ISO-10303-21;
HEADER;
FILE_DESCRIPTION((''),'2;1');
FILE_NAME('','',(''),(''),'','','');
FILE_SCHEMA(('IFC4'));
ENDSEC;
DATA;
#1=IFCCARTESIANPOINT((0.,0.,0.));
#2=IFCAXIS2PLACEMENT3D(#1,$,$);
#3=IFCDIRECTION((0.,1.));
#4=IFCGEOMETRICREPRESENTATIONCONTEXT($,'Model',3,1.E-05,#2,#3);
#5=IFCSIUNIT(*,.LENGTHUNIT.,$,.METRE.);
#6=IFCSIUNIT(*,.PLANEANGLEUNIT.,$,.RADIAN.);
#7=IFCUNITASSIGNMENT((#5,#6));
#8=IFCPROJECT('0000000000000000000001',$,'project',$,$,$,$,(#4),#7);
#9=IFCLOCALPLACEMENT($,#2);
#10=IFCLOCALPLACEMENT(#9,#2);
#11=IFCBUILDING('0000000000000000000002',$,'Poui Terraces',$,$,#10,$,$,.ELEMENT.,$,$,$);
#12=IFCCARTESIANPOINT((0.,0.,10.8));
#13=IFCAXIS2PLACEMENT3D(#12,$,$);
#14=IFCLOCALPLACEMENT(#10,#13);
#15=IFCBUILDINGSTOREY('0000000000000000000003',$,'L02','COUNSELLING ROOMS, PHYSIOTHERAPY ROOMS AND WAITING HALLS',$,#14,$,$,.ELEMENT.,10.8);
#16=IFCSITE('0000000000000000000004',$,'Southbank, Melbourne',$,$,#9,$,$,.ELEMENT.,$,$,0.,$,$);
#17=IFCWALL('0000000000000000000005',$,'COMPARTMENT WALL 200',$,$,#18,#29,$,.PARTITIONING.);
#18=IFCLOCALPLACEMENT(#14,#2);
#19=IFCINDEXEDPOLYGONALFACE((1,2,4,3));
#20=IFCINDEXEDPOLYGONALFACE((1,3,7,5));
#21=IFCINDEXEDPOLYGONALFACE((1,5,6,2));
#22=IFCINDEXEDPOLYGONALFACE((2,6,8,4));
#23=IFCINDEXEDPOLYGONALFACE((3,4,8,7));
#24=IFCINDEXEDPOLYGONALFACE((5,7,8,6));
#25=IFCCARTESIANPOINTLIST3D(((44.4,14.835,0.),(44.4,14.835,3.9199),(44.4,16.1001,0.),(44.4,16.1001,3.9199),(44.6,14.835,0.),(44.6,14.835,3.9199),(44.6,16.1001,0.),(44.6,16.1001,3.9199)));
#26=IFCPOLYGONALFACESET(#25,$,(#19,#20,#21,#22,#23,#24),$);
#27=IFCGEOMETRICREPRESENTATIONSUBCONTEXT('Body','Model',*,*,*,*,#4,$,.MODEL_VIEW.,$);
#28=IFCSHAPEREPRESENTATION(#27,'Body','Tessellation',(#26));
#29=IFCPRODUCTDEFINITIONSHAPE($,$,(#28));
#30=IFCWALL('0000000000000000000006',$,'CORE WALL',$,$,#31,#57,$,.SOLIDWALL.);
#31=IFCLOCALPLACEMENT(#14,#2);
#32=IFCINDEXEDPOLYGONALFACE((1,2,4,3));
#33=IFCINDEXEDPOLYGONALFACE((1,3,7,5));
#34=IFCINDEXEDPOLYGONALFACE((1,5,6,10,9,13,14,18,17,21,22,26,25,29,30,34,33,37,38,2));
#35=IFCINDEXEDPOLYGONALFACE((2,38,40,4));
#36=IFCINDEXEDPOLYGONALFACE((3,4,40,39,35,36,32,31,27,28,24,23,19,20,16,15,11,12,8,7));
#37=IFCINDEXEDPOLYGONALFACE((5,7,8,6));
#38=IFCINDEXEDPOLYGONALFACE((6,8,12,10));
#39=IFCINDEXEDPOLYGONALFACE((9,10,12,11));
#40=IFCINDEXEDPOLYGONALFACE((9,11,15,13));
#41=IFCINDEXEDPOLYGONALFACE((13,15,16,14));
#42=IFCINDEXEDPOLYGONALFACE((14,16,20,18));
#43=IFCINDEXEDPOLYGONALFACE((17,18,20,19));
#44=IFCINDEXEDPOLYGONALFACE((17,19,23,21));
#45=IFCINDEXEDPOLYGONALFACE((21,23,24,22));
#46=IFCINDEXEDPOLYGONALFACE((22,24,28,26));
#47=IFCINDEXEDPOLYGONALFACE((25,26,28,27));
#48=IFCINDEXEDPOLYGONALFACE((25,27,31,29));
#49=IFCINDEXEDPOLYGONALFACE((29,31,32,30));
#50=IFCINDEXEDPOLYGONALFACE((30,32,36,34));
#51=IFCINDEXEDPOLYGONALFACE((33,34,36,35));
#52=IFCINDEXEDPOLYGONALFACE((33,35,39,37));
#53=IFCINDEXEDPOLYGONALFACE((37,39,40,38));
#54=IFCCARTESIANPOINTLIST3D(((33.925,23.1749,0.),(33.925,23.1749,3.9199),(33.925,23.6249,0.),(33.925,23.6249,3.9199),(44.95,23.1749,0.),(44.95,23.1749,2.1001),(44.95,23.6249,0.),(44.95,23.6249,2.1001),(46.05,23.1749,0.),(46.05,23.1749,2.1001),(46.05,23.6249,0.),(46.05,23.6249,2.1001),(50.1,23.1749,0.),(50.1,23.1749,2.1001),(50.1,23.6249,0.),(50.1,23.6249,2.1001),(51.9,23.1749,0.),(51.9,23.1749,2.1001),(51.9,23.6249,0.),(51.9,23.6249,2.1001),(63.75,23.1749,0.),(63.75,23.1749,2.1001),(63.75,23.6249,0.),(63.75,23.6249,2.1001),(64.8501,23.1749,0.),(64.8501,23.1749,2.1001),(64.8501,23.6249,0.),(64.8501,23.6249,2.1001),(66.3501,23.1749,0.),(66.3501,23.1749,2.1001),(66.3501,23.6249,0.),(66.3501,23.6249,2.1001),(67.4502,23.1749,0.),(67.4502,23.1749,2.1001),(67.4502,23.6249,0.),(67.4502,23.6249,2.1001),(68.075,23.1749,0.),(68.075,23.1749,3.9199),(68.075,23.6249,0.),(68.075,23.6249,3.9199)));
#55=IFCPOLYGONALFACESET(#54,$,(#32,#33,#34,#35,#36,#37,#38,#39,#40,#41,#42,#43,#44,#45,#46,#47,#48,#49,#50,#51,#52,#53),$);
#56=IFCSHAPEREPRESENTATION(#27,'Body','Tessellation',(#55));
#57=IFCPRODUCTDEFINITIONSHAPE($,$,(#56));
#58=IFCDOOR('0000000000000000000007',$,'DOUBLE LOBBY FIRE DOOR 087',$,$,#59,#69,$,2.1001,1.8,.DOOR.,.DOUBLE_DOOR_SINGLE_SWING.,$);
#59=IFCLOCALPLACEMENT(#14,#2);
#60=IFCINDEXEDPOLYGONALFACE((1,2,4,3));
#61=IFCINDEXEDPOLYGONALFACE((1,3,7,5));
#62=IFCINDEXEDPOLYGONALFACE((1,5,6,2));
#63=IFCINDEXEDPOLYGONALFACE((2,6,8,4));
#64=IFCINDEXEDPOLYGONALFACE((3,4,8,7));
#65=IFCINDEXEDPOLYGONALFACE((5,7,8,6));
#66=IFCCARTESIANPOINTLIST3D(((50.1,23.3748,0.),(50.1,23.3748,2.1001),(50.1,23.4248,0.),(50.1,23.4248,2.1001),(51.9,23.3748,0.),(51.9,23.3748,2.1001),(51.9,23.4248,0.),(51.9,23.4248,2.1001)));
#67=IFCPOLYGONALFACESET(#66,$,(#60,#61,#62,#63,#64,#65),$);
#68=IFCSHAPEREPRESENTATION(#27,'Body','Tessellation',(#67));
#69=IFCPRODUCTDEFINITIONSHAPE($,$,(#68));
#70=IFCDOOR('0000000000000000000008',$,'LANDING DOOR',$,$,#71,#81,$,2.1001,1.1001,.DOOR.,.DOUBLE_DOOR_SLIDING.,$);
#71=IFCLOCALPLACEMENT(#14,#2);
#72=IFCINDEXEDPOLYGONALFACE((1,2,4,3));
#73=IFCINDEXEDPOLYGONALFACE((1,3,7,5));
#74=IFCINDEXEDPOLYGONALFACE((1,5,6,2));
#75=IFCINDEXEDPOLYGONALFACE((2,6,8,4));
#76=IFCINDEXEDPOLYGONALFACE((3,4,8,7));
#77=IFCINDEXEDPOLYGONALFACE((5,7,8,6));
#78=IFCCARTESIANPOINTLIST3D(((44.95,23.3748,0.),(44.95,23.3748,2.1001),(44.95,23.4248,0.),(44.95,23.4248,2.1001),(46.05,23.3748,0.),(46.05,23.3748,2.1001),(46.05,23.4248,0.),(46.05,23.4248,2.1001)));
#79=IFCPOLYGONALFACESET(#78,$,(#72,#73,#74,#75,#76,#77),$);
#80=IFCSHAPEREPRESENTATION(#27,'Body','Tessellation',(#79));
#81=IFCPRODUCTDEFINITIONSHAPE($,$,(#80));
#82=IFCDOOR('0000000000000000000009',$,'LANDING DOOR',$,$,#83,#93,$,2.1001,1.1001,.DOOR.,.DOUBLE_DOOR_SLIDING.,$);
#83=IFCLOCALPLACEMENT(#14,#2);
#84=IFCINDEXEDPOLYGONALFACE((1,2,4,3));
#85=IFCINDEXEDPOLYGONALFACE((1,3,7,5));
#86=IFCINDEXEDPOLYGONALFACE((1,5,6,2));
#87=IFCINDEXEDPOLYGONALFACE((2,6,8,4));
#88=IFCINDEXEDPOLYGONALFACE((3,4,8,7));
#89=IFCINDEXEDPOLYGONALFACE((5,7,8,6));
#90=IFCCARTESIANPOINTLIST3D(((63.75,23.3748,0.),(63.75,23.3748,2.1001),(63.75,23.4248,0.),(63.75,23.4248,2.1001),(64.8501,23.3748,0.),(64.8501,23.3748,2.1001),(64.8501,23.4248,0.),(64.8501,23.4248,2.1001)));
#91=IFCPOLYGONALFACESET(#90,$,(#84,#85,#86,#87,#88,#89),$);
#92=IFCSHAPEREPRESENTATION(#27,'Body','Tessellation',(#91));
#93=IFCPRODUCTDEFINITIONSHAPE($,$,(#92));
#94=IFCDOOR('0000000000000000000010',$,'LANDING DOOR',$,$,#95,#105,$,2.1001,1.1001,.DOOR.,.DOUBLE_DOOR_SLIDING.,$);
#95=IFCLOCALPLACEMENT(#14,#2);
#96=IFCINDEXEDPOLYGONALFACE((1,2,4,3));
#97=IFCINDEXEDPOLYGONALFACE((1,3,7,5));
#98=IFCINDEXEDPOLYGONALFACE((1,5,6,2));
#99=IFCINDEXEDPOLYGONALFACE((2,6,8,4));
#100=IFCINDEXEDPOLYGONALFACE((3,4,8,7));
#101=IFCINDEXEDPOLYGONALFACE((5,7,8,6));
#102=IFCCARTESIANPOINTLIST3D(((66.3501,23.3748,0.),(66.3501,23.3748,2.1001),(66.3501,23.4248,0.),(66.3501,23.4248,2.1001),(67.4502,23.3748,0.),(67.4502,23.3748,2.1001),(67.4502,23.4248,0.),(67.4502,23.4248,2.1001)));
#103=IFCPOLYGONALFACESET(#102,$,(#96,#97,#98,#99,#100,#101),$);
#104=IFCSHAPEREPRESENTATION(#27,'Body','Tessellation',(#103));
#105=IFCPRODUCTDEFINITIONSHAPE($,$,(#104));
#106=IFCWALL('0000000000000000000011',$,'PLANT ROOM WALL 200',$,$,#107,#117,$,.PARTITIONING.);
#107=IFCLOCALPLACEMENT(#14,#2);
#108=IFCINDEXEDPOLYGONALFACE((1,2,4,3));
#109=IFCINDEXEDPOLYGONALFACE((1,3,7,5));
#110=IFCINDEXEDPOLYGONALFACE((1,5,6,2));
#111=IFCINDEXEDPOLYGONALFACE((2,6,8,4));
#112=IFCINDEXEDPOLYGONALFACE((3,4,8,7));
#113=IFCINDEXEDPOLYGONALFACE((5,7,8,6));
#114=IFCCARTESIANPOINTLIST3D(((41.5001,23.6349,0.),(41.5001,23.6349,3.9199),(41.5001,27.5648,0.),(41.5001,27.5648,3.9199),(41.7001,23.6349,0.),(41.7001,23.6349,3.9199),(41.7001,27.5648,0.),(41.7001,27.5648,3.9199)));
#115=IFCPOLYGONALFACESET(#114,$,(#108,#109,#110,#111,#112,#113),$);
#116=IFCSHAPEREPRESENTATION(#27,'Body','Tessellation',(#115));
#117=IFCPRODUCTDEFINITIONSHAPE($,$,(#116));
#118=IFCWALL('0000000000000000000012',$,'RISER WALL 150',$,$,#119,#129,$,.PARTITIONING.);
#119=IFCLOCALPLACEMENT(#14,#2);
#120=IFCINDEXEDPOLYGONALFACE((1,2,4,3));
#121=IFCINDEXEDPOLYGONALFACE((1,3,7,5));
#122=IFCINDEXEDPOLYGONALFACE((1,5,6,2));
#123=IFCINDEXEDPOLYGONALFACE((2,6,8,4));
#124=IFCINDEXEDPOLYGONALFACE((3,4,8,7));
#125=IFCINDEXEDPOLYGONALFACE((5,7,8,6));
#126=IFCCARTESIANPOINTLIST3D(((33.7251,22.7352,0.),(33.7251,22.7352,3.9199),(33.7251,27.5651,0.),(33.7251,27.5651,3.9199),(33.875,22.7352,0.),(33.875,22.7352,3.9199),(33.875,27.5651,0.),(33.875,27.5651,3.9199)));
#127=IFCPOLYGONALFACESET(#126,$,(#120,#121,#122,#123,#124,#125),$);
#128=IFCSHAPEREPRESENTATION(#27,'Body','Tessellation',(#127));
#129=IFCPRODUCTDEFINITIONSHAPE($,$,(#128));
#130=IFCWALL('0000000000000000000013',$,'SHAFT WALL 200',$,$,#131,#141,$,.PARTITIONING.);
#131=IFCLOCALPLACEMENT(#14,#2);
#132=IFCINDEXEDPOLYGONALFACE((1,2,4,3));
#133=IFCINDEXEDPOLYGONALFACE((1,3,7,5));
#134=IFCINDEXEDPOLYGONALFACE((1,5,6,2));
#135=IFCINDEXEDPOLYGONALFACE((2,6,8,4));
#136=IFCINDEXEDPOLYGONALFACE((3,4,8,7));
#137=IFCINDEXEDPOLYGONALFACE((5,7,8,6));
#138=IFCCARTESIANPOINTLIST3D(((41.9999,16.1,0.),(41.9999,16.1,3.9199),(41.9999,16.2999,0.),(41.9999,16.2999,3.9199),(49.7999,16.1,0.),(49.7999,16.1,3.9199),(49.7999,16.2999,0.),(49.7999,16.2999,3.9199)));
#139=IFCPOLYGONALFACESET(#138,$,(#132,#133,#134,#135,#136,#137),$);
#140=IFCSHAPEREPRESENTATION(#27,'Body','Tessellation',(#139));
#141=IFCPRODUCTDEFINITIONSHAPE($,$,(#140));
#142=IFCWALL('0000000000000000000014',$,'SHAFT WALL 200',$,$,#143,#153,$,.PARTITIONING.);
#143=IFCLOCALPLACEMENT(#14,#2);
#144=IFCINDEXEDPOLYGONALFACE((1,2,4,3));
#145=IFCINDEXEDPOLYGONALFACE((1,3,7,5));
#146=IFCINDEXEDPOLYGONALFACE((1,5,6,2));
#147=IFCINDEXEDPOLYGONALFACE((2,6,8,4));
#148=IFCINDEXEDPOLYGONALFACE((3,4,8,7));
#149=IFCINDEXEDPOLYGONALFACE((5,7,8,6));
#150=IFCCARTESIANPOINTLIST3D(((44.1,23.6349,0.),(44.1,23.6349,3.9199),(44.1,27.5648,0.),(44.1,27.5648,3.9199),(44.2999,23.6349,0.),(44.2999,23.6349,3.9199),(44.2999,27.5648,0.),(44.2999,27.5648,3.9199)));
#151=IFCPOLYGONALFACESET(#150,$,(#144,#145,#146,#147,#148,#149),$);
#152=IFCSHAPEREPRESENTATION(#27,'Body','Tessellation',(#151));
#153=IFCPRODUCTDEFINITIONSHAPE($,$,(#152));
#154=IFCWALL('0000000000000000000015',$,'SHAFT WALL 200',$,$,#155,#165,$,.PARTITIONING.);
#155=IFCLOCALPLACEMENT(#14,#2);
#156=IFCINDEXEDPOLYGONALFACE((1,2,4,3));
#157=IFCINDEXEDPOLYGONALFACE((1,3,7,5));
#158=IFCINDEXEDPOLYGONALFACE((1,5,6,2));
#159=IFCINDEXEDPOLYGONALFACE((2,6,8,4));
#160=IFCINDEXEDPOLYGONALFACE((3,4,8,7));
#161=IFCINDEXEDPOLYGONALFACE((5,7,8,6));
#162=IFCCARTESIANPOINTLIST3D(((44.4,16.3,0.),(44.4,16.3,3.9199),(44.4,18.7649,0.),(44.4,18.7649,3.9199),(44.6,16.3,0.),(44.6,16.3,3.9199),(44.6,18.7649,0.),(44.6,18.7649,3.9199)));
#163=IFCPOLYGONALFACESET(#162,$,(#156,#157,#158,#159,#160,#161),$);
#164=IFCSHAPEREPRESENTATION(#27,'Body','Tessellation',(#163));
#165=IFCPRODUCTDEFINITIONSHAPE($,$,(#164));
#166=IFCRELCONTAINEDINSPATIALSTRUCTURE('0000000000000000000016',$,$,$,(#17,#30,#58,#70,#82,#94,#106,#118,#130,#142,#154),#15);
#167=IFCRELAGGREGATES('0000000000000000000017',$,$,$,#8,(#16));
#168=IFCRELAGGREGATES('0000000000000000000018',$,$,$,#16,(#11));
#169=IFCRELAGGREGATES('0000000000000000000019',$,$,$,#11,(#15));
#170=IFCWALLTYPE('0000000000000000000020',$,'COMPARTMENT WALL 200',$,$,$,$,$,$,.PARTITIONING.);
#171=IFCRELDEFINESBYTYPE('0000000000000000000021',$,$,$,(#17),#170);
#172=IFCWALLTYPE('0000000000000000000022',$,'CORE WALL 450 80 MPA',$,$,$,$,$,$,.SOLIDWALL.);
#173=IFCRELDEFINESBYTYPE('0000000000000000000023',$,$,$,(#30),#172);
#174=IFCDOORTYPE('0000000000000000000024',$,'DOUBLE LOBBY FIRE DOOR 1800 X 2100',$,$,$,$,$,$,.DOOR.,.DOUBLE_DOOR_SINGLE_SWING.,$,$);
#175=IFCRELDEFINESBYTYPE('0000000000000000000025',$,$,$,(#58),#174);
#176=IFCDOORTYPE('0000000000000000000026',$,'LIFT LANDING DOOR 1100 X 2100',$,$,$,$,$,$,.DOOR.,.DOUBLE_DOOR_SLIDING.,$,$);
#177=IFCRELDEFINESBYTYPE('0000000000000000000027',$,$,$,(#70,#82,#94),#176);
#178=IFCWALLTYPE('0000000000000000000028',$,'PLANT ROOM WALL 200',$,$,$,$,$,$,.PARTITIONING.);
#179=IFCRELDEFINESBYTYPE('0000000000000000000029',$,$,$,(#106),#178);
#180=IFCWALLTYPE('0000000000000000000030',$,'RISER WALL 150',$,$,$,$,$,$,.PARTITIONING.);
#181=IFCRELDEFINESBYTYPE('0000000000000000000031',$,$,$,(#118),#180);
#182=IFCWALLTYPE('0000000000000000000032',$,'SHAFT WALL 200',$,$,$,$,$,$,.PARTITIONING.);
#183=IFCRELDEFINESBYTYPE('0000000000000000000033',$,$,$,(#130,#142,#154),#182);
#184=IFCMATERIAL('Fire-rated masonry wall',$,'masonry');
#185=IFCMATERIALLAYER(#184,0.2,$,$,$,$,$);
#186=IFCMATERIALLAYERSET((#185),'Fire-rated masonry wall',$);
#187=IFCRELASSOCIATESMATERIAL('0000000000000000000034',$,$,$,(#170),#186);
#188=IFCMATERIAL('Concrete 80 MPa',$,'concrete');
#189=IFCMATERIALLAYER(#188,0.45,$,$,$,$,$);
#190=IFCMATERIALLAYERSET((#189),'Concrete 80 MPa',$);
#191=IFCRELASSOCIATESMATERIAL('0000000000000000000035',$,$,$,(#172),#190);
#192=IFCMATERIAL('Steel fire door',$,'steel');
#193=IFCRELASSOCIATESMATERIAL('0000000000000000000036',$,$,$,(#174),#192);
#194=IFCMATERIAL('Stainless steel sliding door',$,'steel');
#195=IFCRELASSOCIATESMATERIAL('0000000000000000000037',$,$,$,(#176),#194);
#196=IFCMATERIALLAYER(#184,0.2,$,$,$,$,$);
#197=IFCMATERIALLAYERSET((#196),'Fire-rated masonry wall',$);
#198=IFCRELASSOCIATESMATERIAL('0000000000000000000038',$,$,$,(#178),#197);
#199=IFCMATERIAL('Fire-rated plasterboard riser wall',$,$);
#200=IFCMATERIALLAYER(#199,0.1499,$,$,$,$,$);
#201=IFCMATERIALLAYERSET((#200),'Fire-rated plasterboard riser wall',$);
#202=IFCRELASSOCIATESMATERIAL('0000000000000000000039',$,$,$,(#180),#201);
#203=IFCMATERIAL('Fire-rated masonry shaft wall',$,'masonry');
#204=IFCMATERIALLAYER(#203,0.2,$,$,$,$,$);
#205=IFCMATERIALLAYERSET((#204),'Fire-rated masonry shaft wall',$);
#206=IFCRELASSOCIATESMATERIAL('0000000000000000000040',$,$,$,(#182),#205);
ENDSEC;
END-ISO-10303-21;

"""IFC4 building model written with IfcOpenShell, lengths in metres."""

from ifc_helpers import new_model, si_unit, direction, frame, frame_2d, origin, place, context, subcontext, project, spatial, rectangle, extrude, material, layer, layer_set, type_object, element, fill, save


model = new_model("IFC4")

# Units and contexts
model_context = context("Model", 3, precision=1e-05, world=origin(), true_north=direction((0.0, 1.0)))
body_context = subcontext(model_context, "Body", "Model", "MODEL_VIEW")
ifc_project = project(units=[si_unit("LENGTHUNIT", "METRE"), si_unit("PLANEANGLEUNIT", "RADIAN")], contexts=[model_context])

# Site, building, storey
site_placement = place(None, origin())
site = spatial("IfcSite", under=ifc_project, at=site_placement, Name="Southbank, Melbourne", CompositionType="ELEMENT", RefElevation=0.0)
building_placement = place(site_placement, origin())
building = spatial("IfcBuilding", under=site, at=building_placement, Name="Poui Terraces", CompositionType="ELEMENT")
storey_placement = place(building_placement, frame((0.0, 0.0, 10.8)))
storey = spatial("IfcBuildingStorey", under=building, at=storey_placement, Name="L02", Description="COUNSELLING ROOMS, PHYSIOTHERAPY ROOMS AND WAITING HALLS", CompositionType="ELEMENT", Elevation=10.8)

# Wall
ifc_material_1 = material(Name="Fire-rated masonry wall", Category="masonry")
ifc_layer_1 = layer(ifc_material_1, 0.2)
ifc_layer_set_1 = layer_set([ifc_layer_1], Name="Fire-rated masonry wall")
wall_type_1 = type_object("IfcWallType", Name="COMPARTMENT WALL 200", PredefinedType="PARTITIONING", material=ifc_layer_set_1)
wall_1_placement = place(storey_placement, frame((44.5, 14.835, 0.0), z_axis=(0.0, 0.0, 1.0), x_axis=(0.0, 1.0, 0.0)))
element("IfcWall", 1, at=wall_1_placement, inside=storey, type_object=wall_type_1, Name="COMPARTMENT WALL 200", PredefinedType="PARTITIONING", context=body_context, shape_type="SweptSolid", body=[
    extrude(rectangle(XDim=1.2651, YDim=0.2, at=frame_2d((0.6326, 0.0))), origin(), (0.0, 0.0, 1.0), 3.9199),
])

# Wall, openings, doors
ifc_material_2 = material(Name="Concrete 80 MPa", Category="concrete")
ifc_layer_2 = layer(ifc_material_2, 0.45)
ifc_layer_set_2 = layer_set([ifc_layer_2], Name="Concrete 80 MPa")
wall_type_2 = type_object("IfcWallType", Name="CORE WALL 450 80 MPA", PredefinedType="SOLIDWALL", material=ifc_layer_set_2)
ifc_material_3 = material(Name="Steel fire door", Category="steel")
door_type_1 = type_object("IfcDoorType", Name="DOUBLE LOBBY FIRE DOOR 1800 X 2100", OperationType="DOUBLE_DOOR_SINGLE_SWING", PredefinedType="DOOR", material=ifc_material_3)
ifc_material_4 = material(Name="Stainless steel sliding door", Category="steel")
door_type_2 = type_object("IfcDoorType", Name="LIFT LANDING DOOR 1100 X 2100", OperationType="DOUBLE_DOOR_SLIDING", PredefinedType="DOOR", material=ifc_material_4)
wall_2_placement = place(storey_placement, frame((33.925, 23.3999, 0.0), z_axis=(0.0, 0.0, 1.0), x_axis=(1.0, 0.0, 0.0)))
wall_2 = element("IfcWall", 2, at=wall_2_placement, inside=storey, type_object=wall_type_2, Name="CORE WALL", PredefinedType="SOLIDWALL", context=body_context, shape_type="SweptSolid", body=[
    extrude(rectangle(XDim=34.1499, YDim=0.45, at=frame_2d((17.075, 0.0))), origin(), (0.0, 0.0, 1.0), 3.9199),
])
opening_1_placement = place(wall_2_placement, frame((16.175, 0.0, 0.0)))
opening_1 = element("IfcOpeningElement", 3, at=opening_1_placement, cuts=wall_2, PredefinedType="OPENING", context=body_context, shape_type="SweptSolid", body=[
    extrude(rectangle(XDim=1.8, YDim=2.1001, at=frame_2d((0.8999, 1.05))), frame((0.0, 0.2349, 0.0), z_axis=(0.0, -1.0, 0.0), x_axis=(1.0, 0.0, 0.0)), (0.0, 0.0, 1.0), 0.47),
])
opening_2_placement = place(wall_2_placement, frame((11.0249, 0.0, 0.0)))
opening_2 = element("IfcOpeningElement", 4, at=opening_2_placement, cuts=wall_2, PredefinedType="OPENING", context=body_context, shape_type="SweptSolid", body=[
    extrude(rectangle(XDim=1.1001, YDim=2.1001, at=frame_2d((0.55, 1.05))), frame((0.0, 0.2349, 0.0), z_axis=(0.0, -1.0, 0.0), x_axis=(1.0, 0.0, 0.0)), (0.0, 0.0, 1.0), 0.47),
])
opening_3_placement = place(wall_2_placement, frame((29.825, 0.0, 0.0)))
opening_3 = element("IfcOpeningElement", 5, at=opening_3_placement, cuts=wall_2, PredefinedType="OPENING", context=body_context, shape_type="SweptSolid", body=[
    extrude(rectangle(XDim=1.1001, YDim=2.1001, at=frame_2d((0.55, 1.05))), frame((0.0, 0.2349, 0.0), z_axis=(0.0, -1.0, 0.0), x_axis=(1.0, 0.0, 0.0)), (0.0, 0.0, 1.0), 0.47),
])
opening_4_placement = place(wall_2_placement, frame((32.425, 0.0, 0.0)))
opening_4 = element("IfcOpeningElement", 6, at=opening_4_placement, cuts=wall_2, PredefinedType="OPENING", context=body_context, shape_type="SweptSolid", body=[
    extrude(rectangle(XDim=1.1001, YDim=2.1001, at=frame_2d((0.55, 1.05))), frame((0.0, 0.2349, 0.0), z_axis=(0.0, -1.0, 0.0), x_axis=(1.0, 0.0, 0.0)), (0.0, 0.0, 1.0), 0.47),
])
door_1_placement = place(opening_1_placement, origin())
door_1 = element("IfcDoor", 7, at=door_1_placement, inside=storey, type_object=door_type_1, Name="DOUBLE LOBBY FIRE DOOR 087", OperationType="DOUBLE_DOOR_SINGLE_SWING", OverallHeight=2.1001, OverallWidth=1.8, PredefinedType="DOOR", context=body_context, shape_type="SweptSolid", body=[
    extrude(rectangle(XDim=1.8, YDim=2.1001, at=frame_2d((0.8999, 1.05))), frame((0.0, 0.0249, 0.0), z_axis=(0.0, -1.0, 0.0), x_axis=(1.0, 0.0, 0.0)), (0.0, 0.0, 1.0), 0.05),
])
fill(opening_1, door_1)
door_2_placement = place(opening_2_placement, origin())
door_2 = element("IfcDoor", 8, at=door_2_placement, inside=storey, type_object=door_type_2, Name="LANDING DOOR", OperationType="DOUBLE_DOOR_SLIDING", OverallHeight=2.1001, OverallWidth=1.1001, PredefinedType="DOOR", context=body_context, shape_type="SweptSolid", body=[
    extrude(rectangle(XDim=1.1001, YDim=2.1001, at=frame_2d((0.55, 1.05))), frame((0.0, 0.0249, 0.0), z_axis=(0.0, -1.0, 0.0), x_axis=(1.0, 0.0, 0.0)), (0.0, 0.0, 1.0), 0.05),
])
fill(opening_2, door_2)
door_3_placement = place(opening_3_placement, origin())
door_3 = element("IfcDoor", 9, at=door_3_placement, inside=storey, type_object=door_type_2, Name="LANDING DOOR", OperationType="DOUBLE_DOOR_SLIDING", OverallHeight=2.1001, OverallWidth=1.1001, PredefinedType="DOOR", context=body_context, shape_type="SweptSolid", body=[
    extrude(rectangle(XDim=1.1001, YDim=2.1001, at=frame_2d((0.55, 1.05))), frame((0.0, 0.0249, 0.0), z_axis=(0.0, -1.0, 0.0), x_axis=(1.0, 0.0, 0.0)), (0.0, 0.0, 1.0), 0.05),
])
fill(opening_3, door_3)
door_4_placement = place(opening_4_placement, origin())
door_4 = element("IfcDoor", 10, at=door_4_placement, inside=storey, type_object=door_type_2, Name="LANDING DOOR", OperationType="DOUBLE_DOOR_SLIDING", OverallHeight=2.1001, OverallWidth=1.1001, PredefinedType="DOOR", context=body_context, shape_type="SweptSolid", body=[
    extrude(rectangle(XDim=1.1001, YDim=2.1001, at=frame_2d((0.55, 1.05))), frame((0.0, 0.0249, 0.0), z_axis=(0.0, -1.0, 0.0), x_axis=(1.0, 0.0, 0.0)), (0.0, 0.0, 1.0), 0.05),
])
fill(opening_4, door_4)

# Walls
ifc_layer_3 = layer(ifc_material_1, 0.2)
ifc_layer_set_3 = layer_set([ifc_layer_3], Name="Fire-rated masonry wall")
wall_type_3 = type_object("IfcWallType", Name="PLANT ROOM WALL 200", PredefinedType="PARTITIONING", material=ifc_layer_set_3)
wall_3_placement = place(storey_placement, frame((41.6001, 23.635, 0.0), z_axis=(0.0, 0.0, 1.0), x_axis=(0.0, 1.0, 0.0)))
element("IfcWall", 11, at=wall_3_placement, inside=storey, type_object=wall_type_3, Name="PLANT ROOM WALL 200", PredefinedType="PARTITIONING", context=body_context, shape_type="SweptSolid", body=[
    extrude(rectangle(XDim=3.9299, YDim=0.2, at=frame_2d((1.9648, 0.0))), origin(), (0.0, 0.0, 1.0), 3.9199),
])
ifc_material_5 = material(Name="Fire-rated plasterboard riser wall")
ifc_layer_4 = layer(ifc_material_5, 0.1499)
ifc_layer_set_4 = layer_set([ifc_layer_4], Name="Fire-rated plasterboard riser wall")
wall_type_4 = type_object("IfcWallType", Name="RISER WALL 150", PredefinedType="PARTITIONING", material=ifc_layer_set_4)
wall_4_placement = place(storey_placement, frame((33.8, 22.7351, 0.0), z_axis=(0.0, 0.0, 1.0), x_axis=(0.0, 1.0, 0.0)))
element("IfcWall", 12, at=wall_4_placement, inside=storey, type_object=wall_type_4, Name="RISER WALL 150", PredefinedType="PARTITIONING", context=body_context, shape_type="SweptSolid", body=[
    extrude(rectangle(XDim=4.8298, YDim=0.1499, at=frame_2d((2.415, 0.0))), origin(), (0.0, 0.0, 1.0), 3.9199),
])
ifc_material_6 = material(Name="Fire-rated masonry shaft wall", Category="masonry")
ifc_layer_5 = layer(ifc_material_6, 0.2)
ifc_layer_set_5 = layer_set([ifc_layer_5], Name="Fire-rated masonry shaft wall")
wall_type_5 = type_object("IfcWallType", Name="SHAFT WALL 200", PredefinedType="PARTITIONING", material=ifc_layer_set_5)
wall_5_placement = place(storey_placement, frame((42.0, 16.2, 0.0), z_axis=(0.0, 0.0, 1.0), x_axis=(1.0, 0.0, 0.0)))
element("IfcWall", 13, at=wall_5_placement, inside=storey, type_object=wall_type_5, Name="SHAFT WALL 200", PredefinedType="PARTITIONING", context=body_context, shape_type="SweptSolid", body=[
    extrude(rectangle(XDim=7.8, YDim=0.2, at=frame_2d((3.8999, 0.0))), origin(), (0.0, 0.0, 1.0), 3.9199),
])
wall_6_placement = place(storey_placement, frame((44.2, 23.635, 0.0), z_axis=(0.0, 0.0, 1.0), x_axis=(0.0, 1.0, 0.0)))
element("IfcWall", 14, at=wall_6_placement, inside=storey, type_object=wall_type_5, Name="SHAFT WALL 200", PredefinedType="PARTITIONING", context=body_context, shape_type="SweptSolid", body=[
    extrude(rectangle(XDim=3.9299, YDim=0.2, at=frame_2d((1.9648, 0.0))), origin(), (0.0, 0.0, 1.0), 3.9199),
])
wall_7_placement = place(storey_placement, frame((44.5, 16.3, 0.0), z_axis=(0.0, 0.0, 1.0), x_axis=(0.0, 1.0, 0.0)))
element("IfcWall", 15, at=wall_7_placement, inside=storey, type_object=wall_type_5, Name="SHAFT WALL 200", PredefinedType="PARTITIONING", context=body_context, shape_type="SweptSolid", body=[
    extrude(rectangle(XDim=2.4648, YDim=0.2, at=frame_2d((1.2324, 0.0))), origin(), (0.0, 0.0, 1.0), 3.9199),
])

save(model, "model.ifc")
